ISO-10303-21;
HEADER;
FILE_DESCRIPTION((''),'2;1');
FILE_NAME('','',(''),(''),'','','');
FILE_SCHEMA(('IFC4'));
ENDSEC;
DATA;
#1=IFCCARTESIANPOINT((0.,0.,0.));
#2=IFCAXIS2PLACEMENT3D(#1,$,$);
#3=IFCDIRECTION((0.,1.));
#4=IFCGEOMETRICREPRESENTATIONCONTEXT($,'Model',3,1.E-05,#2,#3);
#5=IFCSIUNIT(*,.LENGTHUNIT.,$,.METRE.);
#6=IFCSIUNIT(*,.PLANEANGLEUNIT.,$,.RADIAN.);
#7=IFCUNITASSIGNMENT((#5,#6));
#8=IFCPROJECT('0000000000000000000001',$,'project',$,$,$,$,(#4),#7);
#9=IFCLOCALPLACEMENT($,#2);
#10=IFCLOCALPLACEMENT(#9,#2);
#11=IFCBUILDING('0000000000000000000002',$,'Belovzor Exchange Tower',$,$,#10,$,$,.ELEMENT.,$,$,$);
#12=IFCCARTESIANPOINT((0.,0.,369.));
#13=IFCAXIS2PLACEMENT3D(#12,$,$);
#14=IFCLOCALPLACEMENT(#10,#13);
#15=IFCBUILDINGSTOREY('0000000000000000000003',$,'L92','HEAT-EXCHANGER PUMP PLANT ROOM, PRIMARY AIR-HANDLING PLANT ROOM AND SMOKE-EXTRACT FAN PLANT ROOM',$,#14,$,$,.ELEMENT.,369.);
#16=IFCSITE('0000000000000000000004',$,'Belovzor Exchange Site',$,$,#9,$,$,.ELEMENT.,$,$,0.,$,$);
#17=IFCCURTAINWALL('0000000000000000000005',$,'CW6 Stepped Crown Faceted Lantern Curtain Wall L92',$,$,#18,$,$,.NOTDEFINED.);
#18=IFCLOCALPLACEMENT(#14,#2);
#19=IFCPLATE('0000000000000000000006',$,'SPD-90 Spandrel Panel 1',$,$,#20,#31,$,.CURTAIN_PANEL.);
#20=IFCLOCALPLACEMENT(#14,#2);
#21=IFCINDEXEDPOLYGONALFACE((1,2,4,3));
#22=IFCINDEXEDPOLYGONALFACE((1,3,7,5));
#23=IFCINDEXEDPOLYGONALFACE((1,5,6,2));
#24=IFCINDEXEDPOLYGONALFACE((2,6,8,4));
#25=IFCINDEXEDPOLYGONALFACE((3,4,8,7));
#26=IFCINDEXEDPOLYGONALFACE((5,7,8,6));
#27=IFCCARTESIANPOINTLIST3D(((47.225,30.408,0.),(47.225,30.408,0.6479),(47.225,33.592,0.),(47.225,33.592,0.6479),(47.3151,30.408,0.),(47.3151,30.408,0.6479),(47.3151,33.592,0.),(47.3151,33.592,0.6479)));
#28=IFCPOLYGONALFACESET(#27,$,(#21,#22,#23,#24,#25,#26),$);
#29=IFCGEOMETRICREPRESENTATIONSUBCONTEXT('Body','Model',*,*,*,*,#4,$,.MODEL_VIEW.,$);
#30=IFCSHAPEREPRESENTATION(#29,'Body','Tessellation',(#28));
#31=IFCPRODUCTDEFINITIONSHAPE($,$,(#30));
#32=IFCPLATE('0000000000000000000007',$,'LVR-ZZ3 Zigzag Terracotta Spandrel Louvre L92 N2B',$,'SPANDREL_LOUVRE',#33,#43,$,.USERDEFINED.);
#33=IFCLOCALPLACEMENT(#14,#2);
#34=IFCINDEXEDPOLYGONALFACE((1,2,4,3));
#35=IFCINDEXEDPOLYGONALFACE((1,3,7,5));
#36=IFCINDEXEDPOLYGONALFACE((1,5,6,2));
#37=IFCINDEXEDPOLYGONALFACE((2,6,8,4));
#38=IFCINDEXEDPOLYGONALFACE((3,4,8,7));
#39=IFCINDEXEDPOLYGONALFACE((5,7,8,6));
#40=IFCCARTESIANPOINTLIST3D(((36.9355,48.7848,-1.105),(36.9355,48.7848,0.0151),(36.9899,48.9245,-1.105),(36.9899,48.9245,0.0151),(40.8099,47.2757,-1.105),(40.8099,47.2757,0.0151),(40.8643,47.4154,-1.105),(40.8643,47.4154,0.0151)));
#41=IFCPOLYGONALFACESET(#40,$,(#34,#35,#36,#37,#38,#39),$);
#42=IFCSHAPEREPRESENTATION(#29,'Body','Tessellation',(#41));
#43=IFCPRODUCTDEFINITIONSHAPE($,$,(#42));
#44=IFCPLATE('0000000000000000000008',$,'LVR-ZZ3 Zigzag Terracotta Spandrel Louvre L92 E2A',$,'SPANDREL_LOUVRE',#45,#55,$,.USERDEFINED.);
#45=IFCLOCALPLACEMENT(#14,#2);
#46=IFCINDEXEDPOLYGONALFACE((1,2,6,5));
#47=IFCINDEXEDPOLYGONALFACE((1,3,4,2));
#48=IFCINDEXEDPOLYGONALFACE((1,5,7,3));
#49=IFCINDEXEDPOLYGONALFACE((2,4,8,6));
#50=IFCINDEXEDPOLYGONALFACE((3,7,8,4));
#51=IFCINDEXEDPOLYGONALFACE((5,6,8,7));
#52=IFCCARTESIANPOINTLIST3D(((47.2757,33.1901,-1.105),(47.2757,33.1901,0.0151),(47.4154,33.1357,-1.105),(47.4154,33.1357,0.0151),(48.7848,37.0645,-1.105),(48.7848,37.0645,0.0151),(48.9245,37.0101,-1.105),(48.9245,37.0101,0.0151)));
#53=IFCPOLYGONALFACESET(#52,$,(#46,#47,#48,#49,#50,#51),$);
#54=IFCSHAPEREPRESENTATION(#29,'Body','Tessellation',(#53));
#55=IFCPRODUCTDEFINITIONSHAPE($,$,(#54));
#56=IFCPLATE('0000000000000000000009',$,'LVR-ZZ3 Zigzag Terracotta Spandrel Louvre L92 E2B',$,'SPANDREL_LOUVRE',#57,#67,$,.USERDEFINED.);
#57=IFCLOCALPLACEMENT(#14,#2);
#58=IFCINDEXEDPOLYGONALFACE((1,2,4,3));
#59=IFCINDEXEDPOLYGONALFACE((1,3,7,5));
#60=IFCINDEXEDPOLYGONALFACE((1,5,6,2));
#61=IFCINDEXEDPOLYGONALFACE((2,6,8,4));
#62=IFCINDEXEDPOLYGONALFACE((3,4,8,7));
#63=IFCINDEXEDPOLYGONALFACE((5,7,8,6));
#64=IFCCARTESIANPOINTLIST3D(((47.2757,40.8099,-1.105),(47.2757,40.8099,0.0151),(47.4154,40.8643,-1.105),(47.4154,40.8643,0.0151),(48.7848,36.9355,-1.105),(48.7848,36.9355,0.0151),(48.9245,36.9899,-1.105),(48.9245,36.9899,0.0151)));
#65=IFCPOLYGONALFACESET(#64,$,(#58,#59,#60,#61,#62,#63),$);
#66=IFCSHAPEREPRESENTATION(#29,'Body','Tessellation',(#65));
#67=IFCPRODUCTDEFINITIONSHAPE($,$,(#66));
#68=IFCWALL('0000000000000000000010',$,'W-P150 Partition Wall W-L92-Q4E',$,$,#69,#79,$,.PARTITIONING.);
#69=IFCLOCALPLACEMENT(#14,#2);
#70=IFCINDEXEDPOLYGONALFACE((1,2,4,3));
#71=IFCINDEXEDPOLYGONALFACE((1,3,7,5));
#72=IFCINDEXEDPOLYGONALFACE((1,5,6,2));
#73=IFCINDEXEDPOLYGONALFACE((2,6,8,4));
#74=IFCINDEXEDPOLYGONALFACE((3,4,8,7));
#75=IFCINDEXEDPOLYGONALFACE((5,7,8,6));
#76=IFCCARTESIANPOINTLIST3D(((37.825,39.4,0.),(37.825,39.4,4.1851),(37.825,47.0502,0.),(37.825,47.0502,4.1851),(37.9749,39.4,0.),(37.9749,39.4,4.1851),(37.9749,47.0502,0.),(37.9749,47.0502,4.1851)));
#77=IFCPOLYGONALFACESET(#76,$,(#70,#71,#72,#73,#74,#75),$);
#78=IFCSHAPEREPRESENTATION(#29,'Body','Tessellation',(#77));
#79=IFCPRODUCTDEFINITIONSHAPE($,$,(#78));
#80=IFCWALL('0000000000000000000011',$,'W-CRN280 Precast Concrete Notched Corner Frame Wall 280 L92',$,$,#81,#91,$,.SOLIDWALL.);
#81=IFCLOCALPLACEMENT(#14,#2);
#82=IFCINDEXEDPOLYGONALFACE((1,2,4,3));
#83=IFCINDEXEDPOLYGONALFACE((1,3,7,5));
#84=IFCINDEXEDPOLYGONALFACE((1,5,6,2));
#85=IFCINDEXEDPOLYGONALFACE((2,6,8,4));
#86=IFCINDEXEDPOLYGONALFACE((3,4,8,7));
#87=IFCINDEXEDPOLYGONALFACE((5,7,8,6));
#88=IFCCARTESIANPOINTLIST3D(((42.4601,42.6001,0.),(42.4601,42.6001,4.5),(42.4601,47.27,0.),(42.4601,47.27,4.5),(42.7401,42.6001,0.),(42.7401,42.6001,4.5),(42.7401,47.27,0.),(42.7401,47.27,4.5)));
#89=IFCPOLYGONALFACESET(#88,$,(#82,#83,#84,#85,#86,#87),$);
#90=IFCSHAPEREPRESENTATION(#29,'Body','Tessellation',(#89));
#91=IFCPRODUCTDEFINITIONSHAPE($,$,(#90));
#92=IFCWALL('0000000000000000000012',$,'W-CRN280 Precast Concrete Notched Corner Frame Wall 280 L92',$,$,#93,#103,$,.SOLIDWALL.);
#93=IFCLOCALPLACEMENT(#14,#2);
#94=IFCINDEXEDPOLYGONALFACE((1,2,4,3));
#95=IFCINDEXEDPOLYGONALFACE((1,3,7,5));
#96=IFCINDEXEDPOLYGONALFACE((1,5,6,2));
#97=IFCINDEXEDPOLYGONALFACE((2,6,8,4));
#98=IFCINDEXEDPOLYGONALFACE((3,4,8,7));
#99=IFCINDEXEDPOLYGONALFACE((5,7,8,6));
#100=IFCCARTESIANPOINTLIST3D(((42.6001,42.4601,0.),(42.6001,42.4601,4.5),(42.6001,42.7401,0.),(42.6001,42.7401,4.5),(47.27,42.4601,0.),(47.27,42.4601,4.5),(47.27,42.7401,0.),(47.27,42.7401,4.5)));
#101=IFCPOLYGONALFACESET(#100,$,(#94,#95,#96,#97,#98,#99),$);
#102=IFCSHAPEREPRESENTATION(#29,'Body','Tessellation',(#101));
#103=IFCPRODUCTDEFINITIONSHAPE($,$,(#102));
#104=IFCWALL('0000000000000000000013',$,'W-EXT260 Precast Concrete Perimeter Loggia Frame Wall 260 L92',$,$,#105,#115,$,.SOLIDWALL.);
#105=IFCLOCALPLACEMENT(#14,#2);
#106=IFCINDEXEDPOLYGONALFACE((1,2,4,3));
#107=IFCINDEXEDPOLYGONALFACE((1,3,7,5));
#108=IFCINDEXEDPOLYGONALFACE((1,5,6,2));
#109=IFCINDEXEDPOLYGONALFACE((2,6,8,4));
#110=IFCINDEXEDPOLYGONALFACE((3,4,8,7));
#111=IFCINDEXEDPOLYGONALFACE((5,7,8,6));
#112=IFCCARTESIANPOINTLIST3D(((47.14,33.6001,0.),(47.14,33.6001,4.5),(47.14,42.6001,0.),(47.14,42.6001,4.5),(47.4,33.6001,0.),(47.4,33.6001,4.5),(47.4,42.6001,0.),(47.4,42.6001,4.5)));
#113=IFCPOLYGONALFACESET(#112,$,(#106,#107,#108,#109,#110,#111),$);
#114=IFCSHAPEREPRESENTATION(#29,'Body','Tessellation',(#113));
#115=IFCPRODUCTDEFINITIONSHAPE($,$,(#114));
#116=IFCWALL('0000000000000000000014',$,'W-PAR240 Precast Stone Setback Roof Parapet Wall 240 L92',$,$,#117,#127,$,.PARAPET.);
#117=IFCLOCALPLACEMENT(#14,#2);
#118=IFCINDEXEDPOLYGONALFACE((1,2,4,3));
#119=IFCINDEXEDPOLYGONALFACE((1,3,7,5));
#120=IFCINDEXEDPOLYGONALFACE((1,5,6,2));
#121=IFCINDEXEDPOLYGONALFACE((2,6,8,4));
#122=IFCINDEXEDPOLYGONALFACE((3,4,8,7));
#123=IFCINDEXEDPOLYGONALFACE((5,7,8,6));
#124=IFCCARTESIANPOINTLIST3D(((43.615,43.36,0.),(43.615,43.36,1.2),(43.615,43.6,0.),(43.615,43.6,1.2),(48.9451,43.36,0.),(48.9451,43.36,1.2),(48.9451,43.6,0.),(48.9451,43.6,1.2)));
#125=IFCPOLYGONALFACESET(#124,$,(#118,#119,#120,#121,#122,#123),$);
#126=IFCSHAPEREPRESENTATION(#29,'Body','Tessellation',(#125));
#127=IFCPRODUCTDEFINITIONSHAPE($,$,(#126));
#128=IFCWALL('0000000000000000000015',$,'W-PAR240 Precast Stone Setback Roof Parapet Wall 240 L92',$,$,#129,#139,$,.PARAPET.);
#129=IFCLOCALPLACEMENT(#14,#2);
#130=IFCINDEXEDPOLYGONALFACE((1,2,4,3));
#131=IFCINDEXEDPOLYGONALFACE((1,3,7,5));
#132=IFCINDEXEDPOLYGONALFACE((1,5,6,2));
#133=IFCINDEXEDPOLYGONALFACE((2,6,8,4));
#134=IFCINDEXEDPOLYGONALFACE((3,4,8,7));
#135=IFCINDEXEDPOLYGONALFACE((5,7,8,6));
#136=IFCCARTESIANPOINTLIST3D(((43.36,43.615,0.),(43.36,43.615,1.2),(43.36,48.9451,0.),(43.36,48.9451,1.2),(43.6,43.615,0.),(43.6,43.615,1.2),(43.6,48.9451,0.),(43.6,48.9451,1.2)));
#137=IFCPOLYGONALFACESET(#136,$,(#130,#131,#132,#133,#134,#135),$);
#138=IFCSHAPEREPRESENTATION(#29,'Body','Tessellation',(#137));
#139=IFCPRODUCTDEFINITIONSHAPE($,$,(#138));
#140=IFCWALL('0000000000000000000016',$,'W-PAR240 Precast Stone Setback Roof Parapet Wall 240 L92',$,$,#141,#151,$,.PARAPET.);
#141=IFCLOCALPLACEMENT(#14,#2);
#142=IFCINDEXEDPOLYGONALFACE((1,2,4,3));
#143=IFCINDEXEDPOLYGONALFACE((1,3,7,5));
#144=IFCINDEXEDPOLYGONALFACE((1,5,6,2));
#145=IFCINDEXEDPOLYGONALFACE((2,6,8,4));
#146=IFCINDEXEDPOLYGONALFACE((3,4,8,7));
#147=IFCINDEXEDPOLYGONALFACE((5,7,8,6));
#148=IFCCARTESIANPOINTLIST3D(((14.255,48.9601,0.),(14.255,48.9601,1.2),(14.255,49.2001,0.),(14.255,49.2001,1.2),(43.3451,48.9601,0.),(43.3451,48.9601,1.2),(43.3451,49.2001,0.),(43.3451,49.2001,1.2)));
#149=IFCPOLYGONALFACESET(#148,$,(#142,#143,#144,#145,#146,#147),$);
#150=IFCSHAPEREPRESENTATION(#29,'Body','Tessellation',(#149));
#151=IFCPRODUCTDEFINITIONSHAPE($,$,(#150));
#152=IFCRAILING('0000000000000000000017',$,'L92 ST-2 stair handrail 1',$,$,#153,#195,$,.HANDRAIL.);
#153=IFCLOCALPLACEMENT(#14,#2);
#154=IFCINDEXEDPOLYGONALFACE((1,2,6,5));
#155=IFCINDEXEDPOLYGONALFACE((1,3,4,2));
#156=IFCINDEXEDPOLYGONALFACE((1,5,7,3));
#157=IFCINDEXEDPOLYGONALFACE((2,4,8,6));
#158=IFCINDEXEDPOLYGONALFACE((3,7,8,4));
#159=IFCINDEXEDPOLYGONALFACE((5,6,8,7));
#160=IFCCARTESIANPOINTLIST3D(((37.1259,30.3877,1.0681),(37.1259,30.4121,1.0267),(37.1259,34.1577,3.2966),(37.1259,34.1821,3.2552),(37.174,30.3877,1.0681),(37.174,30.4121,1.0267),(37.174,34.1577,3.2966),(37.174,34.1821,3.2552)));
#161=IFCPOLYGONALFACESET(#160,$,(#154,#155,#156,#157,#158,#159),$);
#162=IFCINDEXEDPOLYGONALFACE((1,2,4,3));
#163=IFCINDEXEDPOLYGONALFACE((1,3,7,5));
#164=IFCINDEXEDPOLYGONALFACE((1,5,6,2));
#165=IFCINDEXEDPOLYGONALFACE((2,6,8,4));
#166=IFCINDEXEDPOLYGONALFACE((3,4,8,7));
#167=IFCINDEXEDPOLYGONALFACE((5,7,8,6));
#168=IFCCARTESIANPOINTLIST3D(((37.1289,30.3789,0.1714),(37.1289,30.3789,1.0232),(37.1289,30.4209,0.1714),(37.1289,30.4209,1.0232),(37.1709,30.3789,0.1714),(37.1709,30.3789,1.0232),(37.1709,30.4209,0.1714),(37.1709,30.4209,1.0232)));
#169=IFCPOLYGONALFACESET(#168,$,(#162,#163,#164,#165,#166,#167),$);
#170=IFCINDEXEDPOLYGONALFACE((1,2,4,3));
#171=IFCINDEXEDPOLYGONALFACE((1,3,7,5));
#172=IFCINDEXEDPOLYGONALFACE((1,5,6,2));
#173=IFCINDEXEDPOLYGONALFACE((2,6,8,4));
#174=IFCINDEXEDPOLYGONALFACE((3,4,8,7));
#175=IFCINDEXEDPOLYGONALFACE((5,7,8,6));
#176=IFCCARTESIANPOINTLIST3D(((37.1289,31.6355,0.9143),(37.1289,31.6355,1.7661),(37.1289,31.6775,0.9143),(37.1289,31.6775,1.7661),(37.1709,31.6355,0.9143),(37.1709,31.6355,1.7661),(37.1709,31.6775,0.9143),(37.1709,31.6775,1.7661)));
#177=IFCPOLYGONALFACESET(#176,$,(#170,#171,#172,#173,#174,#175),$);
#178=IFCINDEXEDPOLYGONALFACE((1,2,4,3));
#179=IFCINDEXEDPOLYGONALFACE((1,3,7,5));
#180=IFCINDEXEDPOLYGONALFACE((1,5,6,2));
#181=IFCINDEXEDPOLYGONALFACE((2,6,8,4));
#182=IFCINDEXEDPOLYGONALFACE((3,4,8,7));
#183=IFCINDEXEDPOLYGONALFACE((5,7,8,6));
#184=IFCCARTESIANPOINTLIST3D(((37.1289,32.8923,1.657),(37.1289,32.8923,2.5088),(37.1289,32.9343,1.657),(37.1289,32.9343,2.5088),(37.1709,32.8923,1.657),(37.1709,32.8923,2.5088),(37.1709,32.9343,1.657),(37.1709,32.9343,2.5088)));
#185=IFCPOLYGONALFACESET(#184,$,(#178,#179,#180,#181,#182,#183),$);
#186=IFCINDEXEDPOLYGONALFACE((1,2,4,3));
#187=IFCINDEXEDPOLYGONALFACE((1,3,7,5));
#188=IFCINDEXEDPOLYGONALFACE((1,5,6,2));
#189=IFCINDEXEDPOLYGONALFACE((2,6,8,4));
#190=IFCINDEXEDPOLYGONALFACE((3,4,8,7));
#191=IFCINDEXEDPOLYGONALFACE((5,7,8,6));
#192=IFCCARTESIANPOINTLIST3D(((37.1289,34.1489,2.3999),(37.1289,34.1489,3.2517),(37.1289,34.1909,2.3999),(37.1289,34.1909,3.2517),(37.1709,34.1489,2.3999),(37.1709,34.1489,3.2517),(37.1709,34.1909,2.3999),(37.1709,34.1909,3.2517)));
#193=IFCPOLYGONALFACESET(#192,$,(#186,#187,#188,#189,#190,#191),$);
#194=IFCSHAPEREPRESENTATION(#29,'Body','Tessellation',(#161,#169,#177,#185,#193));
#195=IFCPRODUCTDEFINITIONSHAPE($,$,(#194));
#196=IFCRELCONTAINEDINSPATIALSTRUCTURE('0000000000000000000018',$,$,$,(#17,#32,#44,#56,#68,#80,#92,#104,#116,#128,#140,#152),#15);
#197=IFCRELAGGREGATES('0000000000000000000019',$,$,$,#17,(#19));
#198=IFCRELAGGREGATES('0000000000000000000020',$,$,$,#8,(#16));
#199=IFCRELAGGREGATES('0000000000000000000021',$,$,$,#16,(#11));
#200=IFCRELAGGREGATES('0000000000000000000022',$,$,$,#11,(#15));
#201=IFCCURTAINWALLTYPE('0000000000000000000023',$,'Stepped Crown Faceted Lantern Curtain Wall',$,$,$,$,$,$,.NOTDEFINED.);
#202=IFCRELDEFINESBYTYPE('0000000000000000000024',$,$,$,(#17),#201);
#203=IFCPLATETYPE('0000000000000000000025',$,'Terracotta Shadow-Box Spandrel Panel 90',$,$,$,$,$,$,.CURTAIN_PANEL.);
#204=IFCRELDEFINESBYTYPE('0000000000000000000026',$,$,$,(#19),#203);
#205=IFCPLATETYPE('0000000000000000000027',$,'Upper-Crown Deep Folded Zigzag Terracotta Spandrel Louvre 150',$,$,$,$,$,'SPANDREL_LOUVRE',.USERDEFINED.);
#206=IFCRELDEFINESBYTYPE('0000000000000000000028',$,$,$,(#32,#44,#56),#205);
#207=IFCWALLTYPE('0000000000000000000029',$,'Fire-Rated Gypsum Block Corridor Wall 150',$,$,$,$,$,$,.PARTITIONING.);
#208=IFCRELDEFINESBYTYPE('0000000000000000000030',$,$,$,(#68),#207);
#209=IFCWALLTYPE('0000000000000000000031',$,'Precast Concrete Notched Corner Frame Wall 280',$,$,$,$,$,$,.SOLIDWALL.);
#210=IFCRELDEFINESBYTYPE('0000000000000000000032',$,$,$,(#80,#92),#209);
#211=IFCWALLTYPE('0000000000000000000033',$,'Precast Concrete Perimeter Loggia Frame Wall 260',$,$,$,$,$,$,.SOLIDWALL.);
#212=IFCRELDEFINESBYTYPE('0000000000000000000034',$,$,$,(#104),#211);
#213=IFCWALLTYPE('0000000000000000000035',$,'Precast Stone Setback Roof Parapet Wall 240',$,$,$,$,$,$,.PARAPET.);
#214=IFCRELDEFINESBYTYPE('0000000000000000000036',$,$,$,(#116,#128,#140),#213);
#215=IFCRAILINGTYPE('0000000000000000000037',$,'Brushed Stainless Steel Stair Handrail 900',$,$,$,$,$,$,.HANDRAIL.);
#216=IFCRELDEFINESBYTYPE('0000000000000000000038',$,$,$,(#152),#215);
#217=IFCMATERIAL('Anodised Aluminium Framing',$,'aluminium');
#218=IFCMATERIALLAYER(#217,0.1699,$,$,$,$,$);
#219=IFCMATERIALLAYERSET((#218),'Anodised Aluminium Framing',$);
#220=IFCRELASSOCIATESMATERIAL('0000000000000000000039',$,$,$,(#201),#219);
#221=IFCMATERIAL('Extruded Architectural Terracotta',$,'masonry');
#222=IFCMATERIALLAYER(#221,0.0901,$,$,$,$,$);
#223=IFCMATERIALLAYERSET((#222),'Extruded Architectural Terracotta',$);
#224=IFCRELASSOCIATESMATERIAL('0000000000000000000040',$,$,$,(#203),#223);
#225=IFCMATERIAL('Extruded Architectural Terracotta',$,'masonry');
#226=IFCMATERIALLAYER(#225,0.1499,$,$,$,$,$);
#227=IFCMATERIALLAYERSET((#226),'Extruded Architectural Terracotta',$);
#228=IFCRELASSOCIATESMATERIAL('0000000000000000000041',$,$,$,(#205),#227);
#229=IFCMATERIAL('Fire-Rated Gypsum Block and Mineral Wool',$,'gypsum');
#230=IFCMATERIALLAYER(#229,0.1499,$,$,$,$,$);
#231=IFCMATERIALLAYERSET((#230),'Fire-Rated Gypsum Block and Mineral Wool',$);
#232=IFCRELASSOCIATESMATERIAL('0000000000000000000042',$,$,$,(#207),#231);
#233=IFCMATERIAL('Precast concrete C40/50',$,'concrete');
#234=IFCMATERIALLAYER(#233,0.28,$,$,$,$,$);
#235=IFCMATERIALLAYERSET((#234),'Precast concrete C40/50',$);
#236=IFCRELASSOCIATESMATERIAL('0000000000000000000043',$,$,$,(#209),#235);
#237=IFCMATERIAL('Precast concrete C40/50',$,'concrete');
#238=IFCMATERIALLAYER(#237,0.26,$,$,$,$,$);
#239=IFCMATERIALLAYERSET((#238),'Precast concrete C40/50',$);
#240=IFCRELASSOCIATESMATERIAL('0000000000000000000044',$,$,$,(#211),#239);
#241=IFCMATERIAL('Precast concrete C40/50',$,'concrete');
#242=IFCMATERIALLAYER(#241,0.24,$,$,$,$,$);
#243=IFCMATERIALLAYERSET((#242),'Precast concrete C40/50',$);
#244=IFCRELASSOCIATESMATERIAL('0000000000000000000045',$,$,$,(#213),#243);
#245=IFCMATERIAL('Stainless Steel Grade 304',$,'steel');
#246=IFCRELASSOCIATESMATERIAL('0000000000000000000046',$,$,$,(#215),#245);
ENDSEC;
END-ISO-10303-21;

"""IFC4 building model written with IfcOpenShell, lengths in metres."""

from ifc_helpers import new_model, si_unit, direction, frame, frame_2d, origin, origin_2d, place, context, subcontext, project, spatial, rectangle, extrude, material, layer, layer_set, type_object, element, aggregate, save


model = new_model("IFC4")

# Units and contexts
model_context = context("Model", 3, precision=1e-05, world=origin(), true_north=direction((0.0, 1.0)))
body_context = subcontext(model_context, "Body", "Model", "MODEL_VIEW")
ifc_project = project(units=[si_unit("LENGTHUNIT", "METRE"), si_unit("PLANEANGLEUNIT", "RADIAN")], contexts=[model_context])

# Site, building, storey
site_placement = place(None, origin())
site = spatial("IfcSite", under=ifc_project, at=site_placement, Name="Belovzor Exchange Site", CompositionType="ELEMENT", RefElevation=0.0)
building_placement = place(site_placement, origin())
building = spatial("IfcBuilding", under=site, at=building_placement, Name="Belovzor Exchange Tower", CompositionType="ELEMENT")
storey_placement = place(building_placement, frame((0.0, 0.0, 369.0)))
storey = spatial("IfcBuildingStorey", under=building, at=storey_placement, Name="L92", Description="HEAT-EXCHANGER PUMP PLANT ROOM, PRIMARY AIR-HANDLING PLANT ROOM AND SMOKE-EXTRACT FAN PLANT ROOM", CompositionType="ELEMENT", Elevation=369.0)

# Curtain wall
ifc_material_1 = material(Name="Anodised Aluminium Framing", Category="aluminium")
ifc_layer_1 = layer(ifc_material_1, 0.1699)
ifc_layer_set_1 = layer_set([ifc_layer_1], Name="Anodised Aluminium Framing")
curtain_wall_type = type_object("IfcCurtainWallType", Name="Stepped Crown Faceted Lantern Curtain Wall", PredefinedType="NOTDEFINED", material=ifc_layer_set_1)
curtain_wall_placement = place(storey_placement, origin())
curtain_wall = element("IfcCurtainWall", 1, at=curtain_wall_placement, inside=storey, type_object=curtain_wall_type, Name="CW6 Stepped Crown Faceted Lantern Curtain Wall L92", PredefinedType="NOTDEFINED")

# Plate
ifc_material_2 = material(Name="Extruded Architectural Terracotta", Category="masonry")
ifc_layer_2 = layer(ifc_material_2, 0.0901)
ifc_layer_set_2 = layer_set([ifc_layer_2], Name="Extruded Architectural Terracotta")
plate_type_1 = type_object("IfcPlateType", Name="Terracotta Shadow-Box Spandrel Panel 90", PredefinedType="CURTAIN_PANEL", material=ifc_layer_set_2)
plate_1_placement = place(storey_placement, frame((47.27, 32.0, 0.0), z_axis=(0.0, 0.0, 1.0), x_axis=(0.0, -1.0, 0.0)))
plate_1 = element("IfcPlate", 2, at=plate_1_placement, type_object=plate_type_1, Name="SPD-90 Spandrel Panel 1", PredefinedType="CURTAIN_PANEL", context=body_context, shape_type="SweptSolid", body=[
    extrude(rectangle(XDim=3.1841, YDim=0.0901, at=origin_2d()), origin(), (0.0, 0.0, 1.0), 0.6479),
])
aggregate(curtain_wall, [plate_1])

# Plates
ifc_material_3 = material(Name="Extruded Architectural Terracotta", Category="masonry")
ifc_layer_3 = layer(ifc_material_3, 0.1499)
ifc_layer_set_3 = layer_set([ifc_layer_3], Name="Extruded Architectural Terracotta")
plate_type_2 = type_object("IfcPlateType", Name="Upper-Crown Deep Folded Zigzag Terracotta Spandrel Louvre 150", ElementType="SPANDREL_LOUVRE", PredefinedType="USERDEFINED", material=ifc_layer_set_3)
for number, where, z_axis, x_axis, name in (
    (3, (38.8999, 48.1001, -1.105), (0.0, 0.0, 1.0), (0.931818, -0.362926, 0.0), "LVR-ZZ3 Zigzag Terracotta Spandrel Louvre L92 N2B"),
    (4, (48.1001, 35.1001, -1.105), (0.0, 0.0, 1.0), (0.362926, 0.931818, 0.0), "LVR-ZZ3 Zigzag Terracotta Spandrel Louvre L92 E2A"),
    (5, (48.1001, 38.8999, -1.105), (0.0, 0.0, 1.0), (-0.362926, 0.931818, 0.0), "LVR-ZZ3 Zigzag Terracotta Spandrel Louvre L92 E2B"),
):
    element("IfcPlate", number, at=place(storey_placement, frame(where, z_axis=z_axis, x_axis=x_axis)), inside=storey, type_object=plate_type_2, Name=name, ObjectType="SPANDREL_LOUVRE", PredefinedType="USERDEFINED", context=body_context, shape_type="SweptSolid", body=[
        extrude(rectangle(XDim=4.158, YDim=0.1499, at=origin_2d()), origin(), (0.0, 0.0, 1.0), 1.1201),
    ])

# Walls
ifc_material_4 = material(Name="Fire-Rated Gypsum Block and Mineral Wool", Category="gypsum")
ifc_layer_4 = layer(ifc_material_4, 0.1499)
ifc_layer_set_4 = layer_set([ifc_layer_4], Name="Fire-Rated Gypsum Block and Mineral Wool")
wall_type_1 = type_object("IfcWallType", Name="Fire-Rated Gypsum Block Corridor Wall 150", PredefinedType="PARTITIONING", material=ifc_layer_set_4)
wall_1_placement = place(storey_placement, frame((37.8999, 39.3999, 0.0), z_axis=(0.0, 0.0, 1.0), x_axis=(0.0, 1.0, 0.0)))
element("IfcWall", 6, at=wall_1_placement, inside=storey, type_object=wall_type_1, Name="W-P150 Partition Wall W-L92-Q4E", PredefinedType="PARTITIONING", context=body_context, shape_type="SweptSolid", body=[
    extrude(rectangle(XDim=7.6501, YDim=0.1499, at=frame_2d((3.8252, 0.0))), origin(), (0.0, 0.0, 1.0), 4.1851),
])
ifc_material_5 = material(Name="Precast concrete C40/50", Category="concrete")
ifc_layer_5 = layer(ifc_material_5, 0.28)
ifc_layer_set_5 = layer_set([ifc_layer_5], Name="Precast concrete C40/50")
wall_type_2 = type_object("IfcWallType", Name="Precast Concrete Notched Corner Frame Wall 280", PredefinedType="SOLIDWALL", material=ifc_layer_set_5)
for number, where, z_axis, x_axis, name in (
    (7, (42.6001, 47.27, 0.0), (0.0, 0.0, 1.0), (0.0, -1.0, 0.0), "W-CRN280 Precast Concrete Notched Corner Frame Wall 280 L92"),
    (8, (42.6001, 42.6001, 0.0), (0.0, 0.0, 1.0), (1.0, 0.0, 0.0), "W-CRN280 Precast Concrete Notched Corner Frame Wall 280 L92"),
):
    element("IfcWall", number, at=place(storey_placement, frame(where, z_axis=z_axis, x_axis=x_axis)), inside=storey, type_object=wall_type_2, Name=name, PredefinedType="SOLIDWALL", context=body_context, shape_type="SweptSolid", body=[
        extrude(rectangle(XDim=4.6699, YDim=0.28, at=frame_2d((2.335, 0.0))), origin(), (0.0, 0.0, 1.0), 4.5),
    ])
ifc_material_6 = material(Name="Precast concrete C40/50", Category="concrete")
ifc_layer_6 = layer(ifc_material_6, 0.26)
ifc_layer_set_6 = layer_set([ifc_layer_6], Name="Precast concrete C40/50")
wall_type_3 = type_object("IfcWallType", Name="Precast Concrete Perimeter Loggia Frame Wall 260", PredefinedType="SOLIDWALL", material=ifc_layer_set_6)
wall_2_placement = place(storey_placement, frame((47.27, 42.6001, 0.0), z_axis=(0.0, 0.0, 1.0), x_axis=(0.0, -1.0, 0.0)))
element("IfcWall", 9, at=wall_2_placement, inside=storey, type_object=wall_type_3, Name="W-EXT260 Precast Concrete Perimeter Loggia Frame Wall 260 L92", PredefinedType="SOLIDWALL", context=body_context, shape_type="SweptSolid", body=[
    extrude(rectangle(XDim=9.0, YDim=0.26, at=frame_2d((4.5, 0.0))), origin(), (0.0, 0.0, 1.0), 4.5),
])
ifc_material_7 = material(Name="Precast concrete C40/50", Category="concrete")
ifc_layer_7 = layer(ifc_material_7, 0.24)
ifc_layer_set_7 = layer_set([ifc_layer_7], Name="Precast concrete C40/50")
wall_type_4 = type_object("IfcWallType", Name="Precast Stone Setback Roof Parapet Wall 240", PredefinedType="PARAPET", material=ifc_layer_set_7)
for number, where, z_axis, x_axis, name in (
    (10, (48.9451, 43.48, 0.0), (0.0, 0.0, 1.0), (-1.0, 0.0, 0.0), "W-PAR240 Precast Stone Setback Roof Parapet Wall 240 L92"),
    (11, (43.48, 43.615, 0.0), (0.0, 0.0, 1.0), (0.0, 1.0, 0.0), "W-PAR240 Precast Stone Setback Roof Parapet Wall 240 L92"),
):
    element("IfcWall", number, at=place(storey_placement, frame(where, z_axis=z_axis, x_axis=x_axis)), inside=storey, type_object=wall_type_4, Name=name, PredefinedType="PARAPET", context=body_context, shape_type="SweptSolid", body=[
        extrude(rectangle(XDim=5.3301, YDim=0.24, at=frame_2d((2.665, 0.0))), origin(), (0.0, 0.0, 1.0), 1.2),
    ])
wall_3_placement = place(storey_placement, frame((43.345, 49.0801, 0.0), z_axis=(0.0, 0.0, 1.0), x_axis=(-1.0, 0.0, 0.0)))
element("IfcWall", 12, at=wall_3_placement, inside=storey, type_object=wall_type_4, Name="W-PAR240 Precast Stone Setback Roof Parapet Wall 240 L92", PredefinedType="PARAPET", context=body_context, shape_type="SweptSolid", body=[
    extrude(rectangle(XDim=29.0901, YDim=0.24, at=frame_2d((14.5449, 0.0))), origin(), (0.0, 0.0, 1.0), 1.2),
])

# Railing
ifc_material_8 = material(Name="Stainless Steel Grade 304", Category="steel")
railing_type = type_object("IfcRailingType", Name="Brushed Stainless Steel Stair Handrail 900", PredefinedType="HANDRAIL", material=ifc_material_8)
railing_placement = place(storey_placement, frame((37.1499, 30.3999, 0.1714)))
element("IfcRailing", 13, at=railing_placement, inside=storey, type_object=railing_type, Name="L92 ST-2 stair handrail 1", PredefinedType="HANDRAIL", context=body_context, shape_type="SweptSolid", body=[
    extrude(rectangle(XDim=0.0481, YDim=0.0481, at=origin_2d()), frame((0.0, 0.0, 0.876), z_axis=(0.0, 0.860849, 0.508861), x_axis=(-1.0, 0.0, 0.0)), (0.0, 0.0, 1.0), 4.3794),
    extrude(rectangle(XDim=0.042, YDim=0.042, at=origin_2d()), origin(), (0.0, 0.0, 1.0), 0.8518),
    extrude(rectangle(XDim=0.042, YDim=0.042, at=origin_2d()), frame((0.0, 1.2566, 0.7429)), (0.0, 0.0, 1.0), 0.8518),
    extrude(rectangle(XDim=0.042, YDim=0.042, at=origin_2d()), frame((0.0, 2.5134, 1.4856)), (0.0, 0.0, 1.0), 0.8518),
    extrude(rectangle(XDim=0.042, YDim=0.042, at=origin_2d()), frame((0.0, 3.77, 2.2285)), (0.0, 0.0, 1.0), 0.8518),
])

save(model, "model.ifc")
